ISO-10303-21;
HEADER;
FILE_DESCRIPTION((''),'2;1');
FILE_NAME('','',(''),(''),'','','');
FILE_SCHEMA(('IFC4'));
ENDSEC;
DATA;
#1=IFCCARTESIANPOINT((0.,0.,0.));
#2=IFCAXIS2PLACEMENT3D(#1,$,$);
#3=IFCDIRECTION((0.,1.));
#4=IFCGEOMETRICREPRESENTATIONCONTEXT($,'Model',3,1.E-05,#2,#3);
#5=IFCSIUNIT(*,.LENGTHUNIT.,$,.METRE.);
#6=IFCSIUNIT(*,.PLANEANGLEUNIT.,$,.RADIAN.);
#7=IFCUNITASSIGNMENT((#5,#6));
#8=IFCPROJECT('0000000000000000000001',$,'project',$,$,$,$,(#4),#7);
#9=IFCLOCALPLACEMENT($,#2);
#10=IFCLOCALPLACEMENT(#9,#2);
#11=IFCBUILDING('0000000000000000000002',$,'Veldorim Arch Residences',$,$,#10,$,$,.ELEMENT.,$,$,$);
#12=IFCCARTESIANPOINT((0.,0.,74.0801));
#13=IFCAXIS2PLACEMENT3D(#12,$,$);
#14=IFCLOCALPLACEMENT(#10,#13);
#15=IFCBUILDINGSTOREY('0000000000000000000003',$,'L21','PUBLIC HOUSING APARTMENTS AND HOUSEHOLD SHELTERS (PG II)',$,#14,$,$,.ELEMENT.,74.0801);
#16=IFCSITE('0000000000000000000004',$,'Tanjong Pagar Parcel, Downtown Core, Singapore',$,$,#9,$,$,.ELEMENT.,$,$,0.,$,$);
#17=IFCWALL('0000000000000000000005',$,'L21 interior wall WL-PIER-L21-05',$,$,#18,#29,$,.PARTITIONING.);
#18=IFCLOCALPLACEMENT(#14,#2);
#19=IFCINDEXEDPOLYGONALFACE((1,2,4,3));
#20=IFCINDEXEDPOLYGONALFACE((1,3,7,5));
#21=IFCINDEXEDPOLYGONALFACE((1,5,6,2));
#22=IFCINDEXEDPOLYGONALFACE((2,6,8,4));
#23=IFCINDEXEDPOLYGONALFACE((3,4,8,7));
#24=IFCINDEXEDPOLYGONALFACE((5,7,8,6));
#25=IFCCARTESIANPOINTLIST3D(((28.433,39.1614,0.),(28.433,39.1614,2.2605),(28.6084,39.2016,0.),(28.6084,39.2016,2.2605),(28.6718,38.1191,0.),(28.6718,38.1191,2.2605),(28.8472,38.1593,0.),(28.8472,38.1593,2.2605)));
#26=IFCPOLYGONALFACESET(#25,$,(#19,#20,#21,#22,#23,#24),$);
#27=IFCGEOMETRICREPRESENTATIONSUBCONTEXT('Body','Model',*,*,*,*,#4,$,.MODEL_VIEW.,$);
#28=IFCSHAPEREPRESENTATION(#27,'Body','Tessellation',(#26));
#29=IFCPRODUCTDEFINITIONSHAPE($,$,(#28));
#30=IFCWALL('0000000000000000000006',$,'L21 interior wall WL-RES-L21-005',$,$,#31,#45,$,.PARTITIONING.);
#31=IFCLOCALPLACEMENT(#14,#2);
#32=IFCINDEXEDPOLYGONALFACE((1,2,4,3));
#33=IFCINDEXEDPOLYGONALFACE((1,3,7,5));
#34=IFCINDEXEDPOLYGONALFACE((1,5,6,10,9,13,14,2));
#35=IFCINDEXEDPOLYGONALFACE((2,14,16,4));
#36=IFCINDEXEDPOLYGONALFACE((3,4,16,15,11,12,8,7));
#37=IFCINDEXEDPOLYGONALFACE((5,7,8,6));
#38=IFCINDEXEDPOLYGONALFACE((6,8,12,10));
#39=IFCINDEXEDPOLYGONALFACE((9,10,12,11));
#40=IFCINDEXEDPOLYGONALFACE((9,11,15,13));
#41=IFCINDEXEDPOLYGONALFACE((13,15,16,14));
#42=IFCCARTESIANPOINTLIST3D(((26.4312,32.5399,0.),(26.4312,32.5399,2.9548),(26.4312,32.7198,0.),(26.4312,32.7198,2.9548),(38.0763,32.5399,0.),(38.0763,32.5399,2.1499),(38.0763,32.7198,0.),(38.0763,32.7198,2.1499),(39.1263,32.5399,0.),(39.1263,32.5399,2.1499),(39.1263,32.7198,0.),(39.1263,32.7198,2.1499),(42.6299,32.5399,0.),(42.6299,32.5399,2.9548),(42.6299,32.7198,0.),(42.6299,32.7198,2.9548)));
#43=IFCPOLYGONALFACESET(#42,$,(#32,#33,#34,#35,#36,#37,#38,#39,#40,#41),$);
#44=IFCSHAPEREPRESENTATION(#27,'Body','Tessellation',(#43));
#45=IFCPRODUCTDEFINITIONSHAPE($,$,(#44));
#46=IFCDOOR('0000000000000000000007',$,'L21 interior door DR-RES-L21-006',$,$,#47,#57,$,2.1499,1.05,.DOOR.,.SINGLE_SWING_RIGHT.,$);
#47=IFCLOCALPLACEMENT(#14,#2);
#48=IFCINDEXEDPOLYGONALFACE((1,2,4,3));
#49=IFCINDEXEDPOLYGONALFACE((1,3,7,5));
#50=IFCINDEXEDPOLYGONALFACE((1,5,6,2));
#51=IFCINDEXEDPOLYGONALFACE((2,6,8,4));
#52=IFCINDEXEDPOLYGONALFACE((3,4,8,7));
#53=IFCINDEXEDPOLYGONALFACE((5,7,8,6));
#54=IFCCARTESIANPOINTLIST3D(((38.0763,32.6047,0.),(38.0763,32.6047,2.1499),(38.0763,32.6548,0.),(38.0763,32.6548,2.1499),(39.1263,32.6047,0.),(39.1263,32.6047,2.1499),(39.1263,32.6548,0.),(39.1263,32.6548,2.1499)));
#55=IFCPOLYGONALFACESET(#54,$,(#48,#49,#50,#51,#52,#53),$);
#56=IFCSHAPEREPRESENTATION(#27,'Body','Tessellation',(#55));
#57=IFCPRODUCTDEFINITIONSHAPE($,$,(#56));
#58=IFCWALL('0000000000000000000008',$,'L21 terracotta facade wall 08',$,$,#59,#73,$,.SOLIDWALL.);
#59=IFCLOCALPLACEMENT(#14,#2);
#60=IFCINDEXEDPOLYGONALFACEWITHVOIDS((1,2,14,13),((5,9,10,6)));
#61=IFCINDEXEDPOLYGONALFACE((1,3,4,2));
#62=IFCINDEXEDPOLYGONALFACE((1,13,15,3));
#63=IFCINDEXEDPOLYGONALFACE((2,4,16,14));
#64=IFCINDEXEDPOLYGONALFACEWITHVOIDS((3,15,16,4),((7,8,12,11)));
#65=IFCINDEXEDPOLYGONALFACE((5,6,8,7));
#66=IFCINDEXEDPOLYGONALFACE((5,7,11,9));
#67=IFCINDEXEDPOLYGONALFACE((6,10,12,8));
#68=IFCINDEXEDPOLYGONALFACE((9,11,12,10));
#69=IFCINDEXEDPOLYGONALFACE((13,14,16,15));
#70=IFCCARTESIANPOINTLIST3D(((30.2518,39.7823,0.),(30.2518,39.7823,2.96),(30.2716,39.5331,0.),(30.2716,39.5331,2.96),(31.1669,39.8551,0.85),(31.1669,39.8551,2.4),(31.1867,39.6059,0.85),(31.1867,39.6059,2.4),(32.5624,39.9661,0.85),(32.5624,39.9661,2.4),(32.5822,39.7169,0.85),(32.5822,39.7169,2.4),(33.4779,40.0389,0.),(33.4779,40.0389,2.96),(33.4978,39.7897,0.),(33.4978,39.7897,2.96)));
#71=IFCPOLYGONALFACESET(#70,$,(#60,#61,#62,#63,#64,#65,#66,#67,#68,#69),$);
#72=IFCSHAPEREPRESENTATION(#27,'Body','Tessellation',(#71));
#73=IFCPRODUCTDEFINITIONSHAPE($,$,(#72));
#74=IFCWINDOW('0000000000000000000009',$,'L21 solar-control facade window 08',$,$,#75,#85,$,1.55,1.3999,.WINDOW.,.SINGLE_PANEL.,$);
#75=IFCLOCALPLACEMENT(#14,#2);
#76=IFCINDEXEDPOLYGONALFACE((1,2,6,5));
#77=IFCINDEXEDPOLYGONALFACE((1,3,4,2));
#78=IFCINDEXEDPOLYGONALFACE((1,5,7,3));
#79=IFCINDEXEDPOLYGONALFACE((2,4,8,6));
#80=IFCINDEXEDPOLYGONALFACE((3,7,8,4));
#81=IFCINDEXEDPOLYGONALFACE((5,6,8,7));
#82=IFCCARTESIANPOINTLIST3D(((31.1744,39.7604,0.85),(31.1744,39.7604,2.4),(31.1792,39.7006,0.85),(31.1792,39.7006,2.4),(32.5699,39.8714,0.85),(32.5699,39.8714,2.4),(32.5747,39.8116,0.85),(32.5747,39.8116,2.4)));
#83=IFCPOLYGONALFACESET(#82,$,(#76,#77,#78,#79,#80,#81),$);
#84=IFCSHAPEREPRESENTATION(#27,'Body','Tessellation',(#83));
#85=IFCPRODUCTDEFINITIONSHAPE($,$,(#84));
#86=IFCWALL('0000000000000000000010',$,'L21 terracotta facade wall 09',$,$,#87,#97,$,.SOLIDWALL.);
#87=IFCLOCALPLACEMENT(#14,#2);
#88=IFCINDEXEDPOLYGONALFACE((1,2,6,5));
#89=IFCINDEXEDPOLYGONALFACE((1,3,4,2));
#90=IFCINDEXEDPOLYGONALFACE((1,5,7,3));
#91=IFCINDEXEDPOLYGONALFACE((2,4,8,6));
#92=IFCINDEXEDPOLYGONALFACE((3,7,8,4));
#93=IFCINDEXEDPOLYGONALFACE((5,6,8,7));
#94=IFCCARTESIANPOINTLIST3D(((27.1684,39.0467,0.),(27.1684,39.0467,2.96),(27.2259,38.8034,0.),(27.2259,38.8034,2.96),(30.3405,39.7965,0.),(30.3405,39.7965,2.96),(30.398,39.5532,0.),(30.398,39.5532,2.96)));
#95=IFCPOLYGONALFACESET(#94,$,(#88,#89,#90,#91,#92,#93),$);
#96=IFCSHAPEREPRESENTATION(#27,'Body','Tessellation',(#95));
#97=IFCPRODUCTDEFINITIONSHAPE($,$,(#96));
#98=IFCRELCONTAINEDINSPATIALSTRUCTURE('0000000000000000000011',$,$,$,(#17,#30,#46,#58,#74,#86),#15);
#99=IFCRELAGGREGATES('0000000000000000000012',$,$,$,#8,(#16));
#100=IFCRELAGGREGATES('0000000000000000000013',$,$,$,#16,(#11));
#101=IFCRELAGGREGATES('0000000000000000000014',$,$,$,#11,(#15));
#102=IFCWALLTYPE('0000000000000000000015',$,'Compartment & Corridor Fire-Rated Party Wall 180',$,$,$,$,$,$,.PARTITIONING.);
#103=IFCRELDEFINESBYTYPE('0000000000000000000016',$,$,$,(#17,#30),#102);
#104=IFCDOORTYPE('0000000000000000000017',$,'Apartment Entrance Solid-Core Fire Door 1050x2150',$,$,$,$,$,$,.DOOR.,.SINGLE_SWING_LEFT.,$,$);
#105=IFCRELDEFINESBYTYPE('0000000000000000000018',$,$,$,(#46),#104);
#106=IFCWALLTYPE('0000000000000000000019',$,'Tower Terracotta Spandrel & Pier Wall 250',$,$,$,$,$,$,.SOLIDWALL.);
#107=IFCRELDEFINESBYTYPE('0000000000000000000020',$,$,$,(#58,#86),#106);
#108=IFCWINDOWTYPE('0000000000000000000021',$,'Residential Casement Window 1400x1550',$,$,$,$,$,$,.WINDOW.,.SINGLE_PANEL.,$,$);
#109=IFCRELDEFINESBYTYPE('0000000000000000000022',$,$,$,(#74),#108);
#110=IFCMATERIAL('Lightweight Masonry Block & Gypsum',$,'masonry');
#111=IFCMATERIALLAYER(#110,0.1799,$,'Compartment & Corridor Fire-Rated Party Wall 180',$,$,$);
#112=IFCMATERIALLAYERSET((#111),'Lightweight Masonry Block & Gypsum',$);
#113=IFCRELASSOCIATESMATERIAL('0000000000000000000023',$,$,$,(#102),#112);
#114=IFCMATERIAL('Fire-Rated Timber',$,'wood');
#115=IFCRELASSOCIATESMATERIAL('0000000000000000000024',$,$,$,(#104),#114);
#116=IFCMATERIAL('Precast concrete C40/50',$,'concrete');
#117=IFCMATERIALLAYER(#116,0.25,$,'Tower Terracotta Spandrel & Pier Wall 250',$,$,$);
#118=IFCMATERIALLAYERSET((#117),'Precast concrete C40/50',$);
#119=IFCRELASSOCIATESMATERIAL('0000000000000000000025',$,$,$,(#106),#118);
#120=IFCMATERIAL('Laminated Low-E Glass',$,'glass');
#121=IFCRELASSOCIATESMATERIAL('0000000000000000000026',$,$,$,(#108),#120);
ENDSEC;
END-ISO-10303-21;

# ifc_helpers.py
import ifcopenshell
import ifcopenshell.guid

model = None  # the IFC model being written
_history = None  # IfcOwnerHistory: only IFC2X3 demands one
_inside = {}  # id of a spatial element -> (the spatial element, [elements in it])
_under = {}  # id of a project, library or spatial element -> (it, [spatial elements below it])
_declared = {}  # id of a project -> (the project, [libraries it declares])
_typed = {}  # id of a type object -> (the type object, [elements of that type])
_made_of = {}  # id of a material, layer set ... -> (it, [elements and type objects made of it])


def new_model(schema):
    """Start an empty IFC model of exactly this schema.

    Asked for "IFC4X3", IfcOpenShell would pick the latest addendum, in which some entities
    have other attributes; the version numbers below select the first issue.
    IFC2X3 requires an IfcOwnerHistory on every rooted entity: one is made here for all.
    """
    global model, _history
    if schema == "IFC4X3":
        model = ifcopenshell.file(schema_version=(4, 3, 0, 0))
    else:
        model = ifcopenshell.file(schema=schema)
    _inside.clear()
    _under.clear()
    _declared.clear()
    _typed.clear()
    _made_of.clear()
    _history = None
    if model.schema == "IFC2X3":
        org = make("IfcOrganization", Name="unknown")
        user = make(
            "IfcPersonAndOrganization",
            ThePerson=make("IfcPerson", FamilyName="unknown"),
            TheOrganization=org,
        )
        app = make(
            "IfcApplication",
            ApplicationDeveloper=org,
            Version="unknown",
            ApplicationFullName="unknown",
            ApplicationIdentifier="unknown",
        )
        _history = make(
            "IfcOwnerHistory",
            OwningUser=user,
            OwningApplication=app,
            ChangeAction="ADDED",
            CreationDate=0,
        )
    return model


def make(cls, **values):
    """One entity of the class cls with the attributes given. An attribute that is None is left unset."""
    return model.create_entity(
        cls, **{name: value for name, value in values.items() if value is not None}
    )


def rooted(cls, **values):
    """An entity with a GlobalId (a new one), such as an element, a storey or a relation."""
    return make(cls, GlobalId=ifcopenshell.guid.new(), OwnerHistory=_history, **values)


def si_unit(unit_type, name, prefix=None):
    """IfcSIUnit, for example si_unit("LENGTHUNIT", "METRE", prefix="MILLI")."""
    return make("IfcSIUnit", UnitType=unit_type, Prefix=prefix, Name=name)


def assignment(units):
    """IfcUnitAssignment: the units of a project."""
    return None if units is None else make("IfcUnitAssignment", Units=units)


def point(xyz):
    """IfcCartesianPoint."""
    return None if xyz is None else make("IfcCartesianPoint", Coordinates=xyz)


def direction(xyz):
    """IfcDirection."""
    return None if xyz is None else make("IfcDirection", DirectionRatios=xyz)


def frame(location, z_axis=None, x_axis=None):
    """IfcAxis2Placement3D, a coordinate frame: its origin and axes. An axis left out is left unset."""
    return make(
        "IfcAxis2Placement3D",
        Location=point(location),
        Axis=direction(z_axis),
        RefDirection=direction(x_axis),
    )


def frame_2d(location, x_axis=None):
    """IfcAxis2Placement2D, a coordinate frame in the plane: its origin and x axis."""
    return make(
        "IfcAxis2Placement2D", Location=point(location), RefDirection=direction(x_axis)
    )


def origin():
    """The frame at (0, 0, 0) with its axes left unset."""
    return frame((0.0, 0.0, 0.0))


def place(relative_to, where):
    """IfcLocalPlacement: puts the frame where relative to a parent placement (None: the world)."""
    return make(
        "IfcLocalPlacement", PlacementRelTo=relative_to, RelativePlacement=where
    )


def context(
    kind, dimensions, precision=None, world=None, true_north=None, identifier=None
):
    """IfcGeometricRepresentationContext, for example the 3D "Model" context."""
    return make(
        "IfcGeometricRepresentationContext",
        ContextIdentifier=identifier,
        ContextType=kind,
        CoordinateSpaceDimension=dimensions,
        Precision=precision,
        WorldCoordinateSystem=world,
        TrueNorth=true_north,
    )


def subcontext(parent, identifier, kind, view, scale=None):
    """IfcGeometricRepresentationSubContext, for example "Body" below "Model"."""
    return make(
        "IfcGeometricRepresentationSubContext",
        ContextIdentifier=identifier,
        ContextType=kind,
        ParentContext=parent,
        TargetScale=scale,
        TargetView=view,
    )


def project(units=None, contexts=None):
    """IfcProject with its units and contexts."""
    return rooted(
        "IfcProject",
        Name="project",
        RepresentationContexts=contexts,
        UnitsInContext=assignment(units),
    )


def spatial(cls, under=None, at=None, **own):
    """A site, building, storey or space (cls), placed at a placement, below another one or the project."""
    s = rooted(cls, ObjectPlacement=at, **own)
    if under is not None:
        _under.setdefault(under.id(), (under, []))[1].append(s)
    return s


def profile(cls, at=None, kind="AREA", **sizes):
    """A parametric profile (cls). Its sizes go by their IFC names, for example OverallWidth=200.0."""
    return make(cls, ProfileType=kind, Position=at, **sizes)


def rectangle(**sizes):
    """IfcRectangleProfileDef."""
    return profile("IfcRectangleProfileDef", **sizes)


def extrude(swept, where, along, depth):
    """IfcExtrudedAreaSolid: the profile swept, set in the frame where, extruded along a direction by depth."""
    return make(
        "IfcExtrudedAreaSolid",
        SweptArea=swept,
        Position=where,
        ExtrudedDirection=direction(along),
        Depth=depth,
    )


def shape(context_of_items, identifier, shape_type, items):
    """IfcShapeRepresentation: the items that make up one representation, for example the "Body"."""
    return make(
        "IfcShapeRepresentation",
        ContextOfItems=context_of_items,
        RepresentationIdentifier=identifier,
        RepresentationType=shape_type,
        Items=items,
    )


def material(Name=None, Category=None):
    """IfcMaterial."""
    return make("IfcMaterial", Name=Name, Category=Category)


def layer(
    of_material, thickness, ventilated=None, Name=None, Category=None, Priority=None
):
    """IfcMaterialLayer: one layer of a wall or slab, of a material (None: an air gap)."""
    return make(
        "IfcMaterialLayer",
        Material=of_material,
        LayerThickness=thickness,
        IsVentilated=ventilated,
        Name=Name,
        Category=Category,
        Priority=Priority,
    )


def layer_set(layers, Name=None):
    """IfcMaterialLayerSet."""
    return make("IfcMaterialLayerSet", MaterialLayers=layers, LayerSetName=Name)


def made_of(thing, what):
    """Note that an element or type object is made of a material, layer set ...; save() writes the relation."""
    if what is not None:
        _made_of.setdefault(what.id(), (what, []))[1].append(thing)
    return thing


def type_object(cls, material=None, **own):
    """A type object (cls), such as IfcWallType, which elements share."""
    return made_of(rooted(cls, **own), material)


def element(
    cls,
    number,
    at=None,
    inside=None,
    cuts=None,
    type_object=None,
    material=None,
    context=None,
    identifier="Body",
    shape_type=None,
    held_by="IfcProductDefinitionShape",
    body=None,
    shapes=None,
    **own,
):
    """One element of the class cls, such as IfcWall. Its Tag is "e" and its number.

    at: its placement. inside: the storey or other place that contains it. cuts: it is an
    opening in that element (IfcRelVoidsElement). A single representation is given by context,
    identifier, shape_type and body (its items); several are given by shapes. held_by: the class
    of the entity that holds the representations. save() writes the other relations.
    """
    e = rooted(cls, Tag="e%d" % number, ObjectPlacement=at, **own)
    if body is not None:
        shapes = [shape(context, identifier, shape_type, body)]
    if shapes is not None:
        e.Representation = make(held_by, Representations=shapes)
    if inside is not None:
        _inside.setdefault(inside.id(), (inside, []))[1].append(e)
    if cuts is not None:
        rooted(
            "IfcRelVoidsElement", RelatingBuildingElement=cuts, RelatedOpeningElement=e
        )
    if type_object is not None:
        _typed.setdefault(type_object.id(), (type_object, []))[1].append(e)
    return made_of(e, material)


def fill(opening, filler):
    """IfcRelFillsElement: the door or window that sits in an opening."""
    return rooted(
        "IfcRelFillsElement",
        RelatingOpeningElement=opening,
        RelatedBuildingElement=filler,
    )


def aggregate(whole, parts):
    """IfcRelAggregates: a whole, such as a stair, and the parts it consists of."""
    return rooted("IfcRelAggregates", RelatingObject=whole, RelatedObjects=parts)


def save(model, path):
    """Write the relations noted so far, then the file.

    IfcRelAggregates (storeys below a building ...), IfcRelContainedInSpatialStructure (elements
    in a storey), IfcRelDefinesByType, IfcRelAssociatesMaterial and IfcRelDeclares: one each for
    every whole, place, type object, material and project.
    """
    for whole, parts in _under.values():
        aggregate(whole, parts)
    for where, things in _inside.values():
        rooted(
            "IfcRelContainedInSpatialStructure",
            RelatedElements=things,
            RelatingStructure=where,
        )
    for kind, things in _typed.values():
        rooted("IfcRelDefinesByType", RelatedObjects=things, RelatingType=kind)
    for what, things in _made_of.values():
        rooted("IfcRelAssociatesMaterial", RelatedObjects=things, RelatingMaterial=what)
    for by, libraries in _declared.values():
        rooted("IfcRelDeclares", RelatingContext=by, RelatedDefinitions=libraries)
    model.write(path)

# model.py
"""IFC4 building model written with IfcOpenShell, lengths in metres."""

from ifc_helpers import new_model, si_unit, direction, frame, frame_2d, origin, place, context, subcontext, project, spatial, rectangle, extrude, material, layer, layer_set, type_object, element, fill, save


model = new_model("IFC4")

# Units and contexts
model_context = context("Model", 3, precision=1e-05, world=origin(), true_north=direction((0.0, 1.0)))
body_context = subcontext(model_context, "Body", "Model", "MODEL_VIEW")
ifc_project = project(units=[si_unit("LENGTHUNIT", "METRE"), si_unit("PLANEANGLEUNIT", "RADIAN")], contexts=[model_context])

# Site, building, storey
site_placement = place(None, origin())
site = spatial("IfcSite", under=ifc_project, at=site_placement, Name="Tanjong Pagar Parcel, Downtown Core, Singapore", CompositionType="ELEMENT", RefElevation=0.0)
building_placement = place(site_placement, origin())
building = spatial("IfcBuilding", under=site, at=building_placement, Name="Veldorim Arch Residences", CompositionType="ELEMENT")
storey_placement = place(building_placement, frame((0.0, 0.0, 74.0801)))
storey = spatial("IfcBuildingStorey", under=building, at=storey_placement, Name="L21", Description="PUBLIC HOUSING APARTMENTS AND HOUSEHOLD SHELTERS (PG II)", CompositionType="ELEMENT", Elevation=74.0801)

# Wall
ifc_material_1 = material(Name="Lightweight Masonry Block & Gypsum", Category="masonry")
ifc_layer_1 = layer(ifc_material_1, 0.1799, Name="Compartment & Corridor Fire-Rated Party Wall 180")
ifc_layer_set_1 = layer_set([ifc_layer_1], Name="Lightweight Masonry Block & Gypsum")
wall_type_1 = type_object("IfcWallType", Name="Compartment & Corridor Fire-Rated Party Wall 180", PredefinedType="PARTITIONING", material=ifc_layer_set_1)
wall_1_placement = place(storey_placement, frame((28.7595, 38.1392, 0.0), z_axis=(0.0, 0.0, 1.0), x_axis=(-0.223308, 0.974748, 0.0)))
element("IfcWall", 1, at=wall_1_placement, inside=storey, type_object=wall_type_1, Name="L21 interior wall WL-PIER-L21-05", PredefinedType="PARTITIONING", context=body_context, shape_type="SweptSolid", body=[
    extrude(rectangle(XDim=1.0693, YDim=0.1799, at=frame_2d((0.5347, 0.0))), origin(), (0.0, 0.0, 1.0), 2.2605),
])

# Wall, opening, door
wall_2_placement = place(storey_placement, frame((26.4312, 32.6299, 0.0), z_axis=(0.0, 0.0, 1.0), x_axis=(1.0, 0.0, 0.0)))
wall_2 = element("IfcWall", 2, at=wall_2_placement, inside=storey, type_object=wall_type_1, Name="L21 interior wall WL-RES-L21-005", PredefinedType="PARTITIONING", context=body_context, shape_type="SweptSolid", body=[
    extrude(rectangle(XDim=16.1987, YDim=0.1799, at=frame_2d((8.0994, 0.0))), origin(), (0.0, 0.0, 1.0), 2.9548),
])
opening_1_placement = place(wall_2_placement, frame((11.6453, 0.0, 0.0)))
opening_1 = element("IfcOpeningElement", 3, at=opening_1_placement, cuts=wall_2, PredefinedType="OPENING", context=body_context, shape_type="SweptSolid", body=[
    extrude(rectangle(XDim=1.05, YDim=2.1499, at=frame_2d((0.5249, 1.075))), frame((0.0, 0.0999, 0.0), z_axis=(0.0, -1.0, 0.0), x_axis=(1.0, 0.0, 0.0)), (0.0, 0.0, 1.0), 0.2),
])
ifc_material_2 = material(Name="Fire-Rated Timber", Category="wood")
door_type_1 = type_object("IfcDoorType", Name="Apartment Entrance Solid-Core Fire Door 1050x2150", OperationType="SINGLE_SWING_LEFT", PredefinedType="DOOR", material=ifc_material_2)
door_1_placement = place(opening_1_placement, origin())
door_1 = element("IfcDoor", 4, at=door_1_placement, inside=storey, type_object=door_type_1, Name="L21 interior door DR-RES-L21-006", OperationType="SINGLE_SWING_RIGHT", OverallHeight=2.1499, OverallWidth=1.05, PredefinedType="DOOR", context=body_context, shape_type="SweptSolid", body=[
    extrude(rectangle(XDim=1.05, YDim=2.1499, at=frame_2d((0.5249, 1.075))), frame((0.0, 0.0249, 0.0), z_axis=(0.0, -1.0, 0.0), x_axis=(1.0, 0.0, 0.0)), (0.0, 0.0, 1.0), 0.05),
])
fill(opening_1, door_1)

# Wall, opening, window
ifc_material_3 = material(Name="Precast concrete C40/50", Category="concrete")
ifc_layer_2 = layer(ifc_material_3, 0.25, Name="Tower Terracotta Spandrel & Pier Wall 250")
ifc_layer_set_2 = layer_set([ifc_layer_2], Name="Precast concrete C40/50")
wall_type_2 = type_object("IfcWallType", Name="Tower Terracotta Spandrel & Pier Wall 250", PredefinedType="SOLIDWALL", material=ifc_layer_set_2)
wall_3_placement = place(storey_placement, frame((30.2617, 39.6577, 0.0), z_axis=(0.0, 0.0, 1.0), x_axis=(0.996852, 0.079286, 0.0)))
wall_3 = element("IfcWall", 5, at=wall_3_placement, inside=storey, type_object=wall_type_2, Name="L21 terracotta facade wall 08", PredefinedType="SOLIDWALL", context=body_context, shape_type="SweptSolid", body=[
    extrude(rectangle(XDim=3.2363, YDim=0.25, at=frame_2d((1.6182, 0.0))), origin(), (0.0, 0.0, 1.0), 2.96),
])
opening_2_placement = place(wall_3_placement, frame((0.918, 0.0, 0.8501)))
opening_2 = element("IfcOpeningElement", 6, at=opening_2_placement, cuts=wall_3, PredefinedType="OPENING", context=body_context, shape_type="SweptSolid", body=[
    extrude(rectangle(XDim=1.3999, YDim=1.55, at=frame_2d((0.7, 0.7749))), frame((0.0, 0.135, 0.0), z_axis=(0.0, -1.0, 0.0), x_axis=(1.0, 0.0, 0.0)), (0.0, 0.0, 1.0), 0.27),
])
ifc_material_4 = material(Name="Laminated Low-E Glass", Category="glass")
window_type = type_object("IfcWindowType", Name="Residential Casement Window 1400x1550", PartitioningType="SINGLE_PANEL", PredefinedType="WINDOW", material=ifc_material_4)
window_placement = place(opening_2_placement, origin())
window = element("IfcWindow", 7, at=window_placement, inside=storey, type_object=window_type, Name="L21 solar-control facade window 08", OverallHeight=1.55, OverallWidth=1.3999, PartitioningType="SINGLE_PANEL", PredefinedType="WINDOW", context=body_context, shape_type="SweptSolid", body=[
    extrude(rectangle(XDim=1.3999, YDim=1.55, at=frame_2d((0.7, 0.7749))), frame((0.0, 0.03, 0.0), z_axis=(0.0, -1.0, 0.0), x_axis=(1.0, 0.0, 0.0)), (0.0, 0.0, 1.0), 0.0601),
])
fill(opening_2, window)

# Wall
wall_4_placement = place(storey_placement, frame((27.197, 38.925, 0.0), z_axis=(0.0, 0.0, 1.0), x_axis=(0.973186, 0.23002, 0.0)))
element("IfcWall", 8, at=wall_4_placement, inside=storey, type_object=wall_type_2, Name="L21 terracotta facade wall 09", PredefinedType="SOLIDWALL", context=body_context, shape_type="SweptSolid", body=[
    extrude(rectangle(XDim=3.2595, YDim=0.25, at=frame_2d((1.6299, 0.0))), origin(), (0.0, 0.0, 1.0), 2.96),
])

save(model, "model.ifc")
